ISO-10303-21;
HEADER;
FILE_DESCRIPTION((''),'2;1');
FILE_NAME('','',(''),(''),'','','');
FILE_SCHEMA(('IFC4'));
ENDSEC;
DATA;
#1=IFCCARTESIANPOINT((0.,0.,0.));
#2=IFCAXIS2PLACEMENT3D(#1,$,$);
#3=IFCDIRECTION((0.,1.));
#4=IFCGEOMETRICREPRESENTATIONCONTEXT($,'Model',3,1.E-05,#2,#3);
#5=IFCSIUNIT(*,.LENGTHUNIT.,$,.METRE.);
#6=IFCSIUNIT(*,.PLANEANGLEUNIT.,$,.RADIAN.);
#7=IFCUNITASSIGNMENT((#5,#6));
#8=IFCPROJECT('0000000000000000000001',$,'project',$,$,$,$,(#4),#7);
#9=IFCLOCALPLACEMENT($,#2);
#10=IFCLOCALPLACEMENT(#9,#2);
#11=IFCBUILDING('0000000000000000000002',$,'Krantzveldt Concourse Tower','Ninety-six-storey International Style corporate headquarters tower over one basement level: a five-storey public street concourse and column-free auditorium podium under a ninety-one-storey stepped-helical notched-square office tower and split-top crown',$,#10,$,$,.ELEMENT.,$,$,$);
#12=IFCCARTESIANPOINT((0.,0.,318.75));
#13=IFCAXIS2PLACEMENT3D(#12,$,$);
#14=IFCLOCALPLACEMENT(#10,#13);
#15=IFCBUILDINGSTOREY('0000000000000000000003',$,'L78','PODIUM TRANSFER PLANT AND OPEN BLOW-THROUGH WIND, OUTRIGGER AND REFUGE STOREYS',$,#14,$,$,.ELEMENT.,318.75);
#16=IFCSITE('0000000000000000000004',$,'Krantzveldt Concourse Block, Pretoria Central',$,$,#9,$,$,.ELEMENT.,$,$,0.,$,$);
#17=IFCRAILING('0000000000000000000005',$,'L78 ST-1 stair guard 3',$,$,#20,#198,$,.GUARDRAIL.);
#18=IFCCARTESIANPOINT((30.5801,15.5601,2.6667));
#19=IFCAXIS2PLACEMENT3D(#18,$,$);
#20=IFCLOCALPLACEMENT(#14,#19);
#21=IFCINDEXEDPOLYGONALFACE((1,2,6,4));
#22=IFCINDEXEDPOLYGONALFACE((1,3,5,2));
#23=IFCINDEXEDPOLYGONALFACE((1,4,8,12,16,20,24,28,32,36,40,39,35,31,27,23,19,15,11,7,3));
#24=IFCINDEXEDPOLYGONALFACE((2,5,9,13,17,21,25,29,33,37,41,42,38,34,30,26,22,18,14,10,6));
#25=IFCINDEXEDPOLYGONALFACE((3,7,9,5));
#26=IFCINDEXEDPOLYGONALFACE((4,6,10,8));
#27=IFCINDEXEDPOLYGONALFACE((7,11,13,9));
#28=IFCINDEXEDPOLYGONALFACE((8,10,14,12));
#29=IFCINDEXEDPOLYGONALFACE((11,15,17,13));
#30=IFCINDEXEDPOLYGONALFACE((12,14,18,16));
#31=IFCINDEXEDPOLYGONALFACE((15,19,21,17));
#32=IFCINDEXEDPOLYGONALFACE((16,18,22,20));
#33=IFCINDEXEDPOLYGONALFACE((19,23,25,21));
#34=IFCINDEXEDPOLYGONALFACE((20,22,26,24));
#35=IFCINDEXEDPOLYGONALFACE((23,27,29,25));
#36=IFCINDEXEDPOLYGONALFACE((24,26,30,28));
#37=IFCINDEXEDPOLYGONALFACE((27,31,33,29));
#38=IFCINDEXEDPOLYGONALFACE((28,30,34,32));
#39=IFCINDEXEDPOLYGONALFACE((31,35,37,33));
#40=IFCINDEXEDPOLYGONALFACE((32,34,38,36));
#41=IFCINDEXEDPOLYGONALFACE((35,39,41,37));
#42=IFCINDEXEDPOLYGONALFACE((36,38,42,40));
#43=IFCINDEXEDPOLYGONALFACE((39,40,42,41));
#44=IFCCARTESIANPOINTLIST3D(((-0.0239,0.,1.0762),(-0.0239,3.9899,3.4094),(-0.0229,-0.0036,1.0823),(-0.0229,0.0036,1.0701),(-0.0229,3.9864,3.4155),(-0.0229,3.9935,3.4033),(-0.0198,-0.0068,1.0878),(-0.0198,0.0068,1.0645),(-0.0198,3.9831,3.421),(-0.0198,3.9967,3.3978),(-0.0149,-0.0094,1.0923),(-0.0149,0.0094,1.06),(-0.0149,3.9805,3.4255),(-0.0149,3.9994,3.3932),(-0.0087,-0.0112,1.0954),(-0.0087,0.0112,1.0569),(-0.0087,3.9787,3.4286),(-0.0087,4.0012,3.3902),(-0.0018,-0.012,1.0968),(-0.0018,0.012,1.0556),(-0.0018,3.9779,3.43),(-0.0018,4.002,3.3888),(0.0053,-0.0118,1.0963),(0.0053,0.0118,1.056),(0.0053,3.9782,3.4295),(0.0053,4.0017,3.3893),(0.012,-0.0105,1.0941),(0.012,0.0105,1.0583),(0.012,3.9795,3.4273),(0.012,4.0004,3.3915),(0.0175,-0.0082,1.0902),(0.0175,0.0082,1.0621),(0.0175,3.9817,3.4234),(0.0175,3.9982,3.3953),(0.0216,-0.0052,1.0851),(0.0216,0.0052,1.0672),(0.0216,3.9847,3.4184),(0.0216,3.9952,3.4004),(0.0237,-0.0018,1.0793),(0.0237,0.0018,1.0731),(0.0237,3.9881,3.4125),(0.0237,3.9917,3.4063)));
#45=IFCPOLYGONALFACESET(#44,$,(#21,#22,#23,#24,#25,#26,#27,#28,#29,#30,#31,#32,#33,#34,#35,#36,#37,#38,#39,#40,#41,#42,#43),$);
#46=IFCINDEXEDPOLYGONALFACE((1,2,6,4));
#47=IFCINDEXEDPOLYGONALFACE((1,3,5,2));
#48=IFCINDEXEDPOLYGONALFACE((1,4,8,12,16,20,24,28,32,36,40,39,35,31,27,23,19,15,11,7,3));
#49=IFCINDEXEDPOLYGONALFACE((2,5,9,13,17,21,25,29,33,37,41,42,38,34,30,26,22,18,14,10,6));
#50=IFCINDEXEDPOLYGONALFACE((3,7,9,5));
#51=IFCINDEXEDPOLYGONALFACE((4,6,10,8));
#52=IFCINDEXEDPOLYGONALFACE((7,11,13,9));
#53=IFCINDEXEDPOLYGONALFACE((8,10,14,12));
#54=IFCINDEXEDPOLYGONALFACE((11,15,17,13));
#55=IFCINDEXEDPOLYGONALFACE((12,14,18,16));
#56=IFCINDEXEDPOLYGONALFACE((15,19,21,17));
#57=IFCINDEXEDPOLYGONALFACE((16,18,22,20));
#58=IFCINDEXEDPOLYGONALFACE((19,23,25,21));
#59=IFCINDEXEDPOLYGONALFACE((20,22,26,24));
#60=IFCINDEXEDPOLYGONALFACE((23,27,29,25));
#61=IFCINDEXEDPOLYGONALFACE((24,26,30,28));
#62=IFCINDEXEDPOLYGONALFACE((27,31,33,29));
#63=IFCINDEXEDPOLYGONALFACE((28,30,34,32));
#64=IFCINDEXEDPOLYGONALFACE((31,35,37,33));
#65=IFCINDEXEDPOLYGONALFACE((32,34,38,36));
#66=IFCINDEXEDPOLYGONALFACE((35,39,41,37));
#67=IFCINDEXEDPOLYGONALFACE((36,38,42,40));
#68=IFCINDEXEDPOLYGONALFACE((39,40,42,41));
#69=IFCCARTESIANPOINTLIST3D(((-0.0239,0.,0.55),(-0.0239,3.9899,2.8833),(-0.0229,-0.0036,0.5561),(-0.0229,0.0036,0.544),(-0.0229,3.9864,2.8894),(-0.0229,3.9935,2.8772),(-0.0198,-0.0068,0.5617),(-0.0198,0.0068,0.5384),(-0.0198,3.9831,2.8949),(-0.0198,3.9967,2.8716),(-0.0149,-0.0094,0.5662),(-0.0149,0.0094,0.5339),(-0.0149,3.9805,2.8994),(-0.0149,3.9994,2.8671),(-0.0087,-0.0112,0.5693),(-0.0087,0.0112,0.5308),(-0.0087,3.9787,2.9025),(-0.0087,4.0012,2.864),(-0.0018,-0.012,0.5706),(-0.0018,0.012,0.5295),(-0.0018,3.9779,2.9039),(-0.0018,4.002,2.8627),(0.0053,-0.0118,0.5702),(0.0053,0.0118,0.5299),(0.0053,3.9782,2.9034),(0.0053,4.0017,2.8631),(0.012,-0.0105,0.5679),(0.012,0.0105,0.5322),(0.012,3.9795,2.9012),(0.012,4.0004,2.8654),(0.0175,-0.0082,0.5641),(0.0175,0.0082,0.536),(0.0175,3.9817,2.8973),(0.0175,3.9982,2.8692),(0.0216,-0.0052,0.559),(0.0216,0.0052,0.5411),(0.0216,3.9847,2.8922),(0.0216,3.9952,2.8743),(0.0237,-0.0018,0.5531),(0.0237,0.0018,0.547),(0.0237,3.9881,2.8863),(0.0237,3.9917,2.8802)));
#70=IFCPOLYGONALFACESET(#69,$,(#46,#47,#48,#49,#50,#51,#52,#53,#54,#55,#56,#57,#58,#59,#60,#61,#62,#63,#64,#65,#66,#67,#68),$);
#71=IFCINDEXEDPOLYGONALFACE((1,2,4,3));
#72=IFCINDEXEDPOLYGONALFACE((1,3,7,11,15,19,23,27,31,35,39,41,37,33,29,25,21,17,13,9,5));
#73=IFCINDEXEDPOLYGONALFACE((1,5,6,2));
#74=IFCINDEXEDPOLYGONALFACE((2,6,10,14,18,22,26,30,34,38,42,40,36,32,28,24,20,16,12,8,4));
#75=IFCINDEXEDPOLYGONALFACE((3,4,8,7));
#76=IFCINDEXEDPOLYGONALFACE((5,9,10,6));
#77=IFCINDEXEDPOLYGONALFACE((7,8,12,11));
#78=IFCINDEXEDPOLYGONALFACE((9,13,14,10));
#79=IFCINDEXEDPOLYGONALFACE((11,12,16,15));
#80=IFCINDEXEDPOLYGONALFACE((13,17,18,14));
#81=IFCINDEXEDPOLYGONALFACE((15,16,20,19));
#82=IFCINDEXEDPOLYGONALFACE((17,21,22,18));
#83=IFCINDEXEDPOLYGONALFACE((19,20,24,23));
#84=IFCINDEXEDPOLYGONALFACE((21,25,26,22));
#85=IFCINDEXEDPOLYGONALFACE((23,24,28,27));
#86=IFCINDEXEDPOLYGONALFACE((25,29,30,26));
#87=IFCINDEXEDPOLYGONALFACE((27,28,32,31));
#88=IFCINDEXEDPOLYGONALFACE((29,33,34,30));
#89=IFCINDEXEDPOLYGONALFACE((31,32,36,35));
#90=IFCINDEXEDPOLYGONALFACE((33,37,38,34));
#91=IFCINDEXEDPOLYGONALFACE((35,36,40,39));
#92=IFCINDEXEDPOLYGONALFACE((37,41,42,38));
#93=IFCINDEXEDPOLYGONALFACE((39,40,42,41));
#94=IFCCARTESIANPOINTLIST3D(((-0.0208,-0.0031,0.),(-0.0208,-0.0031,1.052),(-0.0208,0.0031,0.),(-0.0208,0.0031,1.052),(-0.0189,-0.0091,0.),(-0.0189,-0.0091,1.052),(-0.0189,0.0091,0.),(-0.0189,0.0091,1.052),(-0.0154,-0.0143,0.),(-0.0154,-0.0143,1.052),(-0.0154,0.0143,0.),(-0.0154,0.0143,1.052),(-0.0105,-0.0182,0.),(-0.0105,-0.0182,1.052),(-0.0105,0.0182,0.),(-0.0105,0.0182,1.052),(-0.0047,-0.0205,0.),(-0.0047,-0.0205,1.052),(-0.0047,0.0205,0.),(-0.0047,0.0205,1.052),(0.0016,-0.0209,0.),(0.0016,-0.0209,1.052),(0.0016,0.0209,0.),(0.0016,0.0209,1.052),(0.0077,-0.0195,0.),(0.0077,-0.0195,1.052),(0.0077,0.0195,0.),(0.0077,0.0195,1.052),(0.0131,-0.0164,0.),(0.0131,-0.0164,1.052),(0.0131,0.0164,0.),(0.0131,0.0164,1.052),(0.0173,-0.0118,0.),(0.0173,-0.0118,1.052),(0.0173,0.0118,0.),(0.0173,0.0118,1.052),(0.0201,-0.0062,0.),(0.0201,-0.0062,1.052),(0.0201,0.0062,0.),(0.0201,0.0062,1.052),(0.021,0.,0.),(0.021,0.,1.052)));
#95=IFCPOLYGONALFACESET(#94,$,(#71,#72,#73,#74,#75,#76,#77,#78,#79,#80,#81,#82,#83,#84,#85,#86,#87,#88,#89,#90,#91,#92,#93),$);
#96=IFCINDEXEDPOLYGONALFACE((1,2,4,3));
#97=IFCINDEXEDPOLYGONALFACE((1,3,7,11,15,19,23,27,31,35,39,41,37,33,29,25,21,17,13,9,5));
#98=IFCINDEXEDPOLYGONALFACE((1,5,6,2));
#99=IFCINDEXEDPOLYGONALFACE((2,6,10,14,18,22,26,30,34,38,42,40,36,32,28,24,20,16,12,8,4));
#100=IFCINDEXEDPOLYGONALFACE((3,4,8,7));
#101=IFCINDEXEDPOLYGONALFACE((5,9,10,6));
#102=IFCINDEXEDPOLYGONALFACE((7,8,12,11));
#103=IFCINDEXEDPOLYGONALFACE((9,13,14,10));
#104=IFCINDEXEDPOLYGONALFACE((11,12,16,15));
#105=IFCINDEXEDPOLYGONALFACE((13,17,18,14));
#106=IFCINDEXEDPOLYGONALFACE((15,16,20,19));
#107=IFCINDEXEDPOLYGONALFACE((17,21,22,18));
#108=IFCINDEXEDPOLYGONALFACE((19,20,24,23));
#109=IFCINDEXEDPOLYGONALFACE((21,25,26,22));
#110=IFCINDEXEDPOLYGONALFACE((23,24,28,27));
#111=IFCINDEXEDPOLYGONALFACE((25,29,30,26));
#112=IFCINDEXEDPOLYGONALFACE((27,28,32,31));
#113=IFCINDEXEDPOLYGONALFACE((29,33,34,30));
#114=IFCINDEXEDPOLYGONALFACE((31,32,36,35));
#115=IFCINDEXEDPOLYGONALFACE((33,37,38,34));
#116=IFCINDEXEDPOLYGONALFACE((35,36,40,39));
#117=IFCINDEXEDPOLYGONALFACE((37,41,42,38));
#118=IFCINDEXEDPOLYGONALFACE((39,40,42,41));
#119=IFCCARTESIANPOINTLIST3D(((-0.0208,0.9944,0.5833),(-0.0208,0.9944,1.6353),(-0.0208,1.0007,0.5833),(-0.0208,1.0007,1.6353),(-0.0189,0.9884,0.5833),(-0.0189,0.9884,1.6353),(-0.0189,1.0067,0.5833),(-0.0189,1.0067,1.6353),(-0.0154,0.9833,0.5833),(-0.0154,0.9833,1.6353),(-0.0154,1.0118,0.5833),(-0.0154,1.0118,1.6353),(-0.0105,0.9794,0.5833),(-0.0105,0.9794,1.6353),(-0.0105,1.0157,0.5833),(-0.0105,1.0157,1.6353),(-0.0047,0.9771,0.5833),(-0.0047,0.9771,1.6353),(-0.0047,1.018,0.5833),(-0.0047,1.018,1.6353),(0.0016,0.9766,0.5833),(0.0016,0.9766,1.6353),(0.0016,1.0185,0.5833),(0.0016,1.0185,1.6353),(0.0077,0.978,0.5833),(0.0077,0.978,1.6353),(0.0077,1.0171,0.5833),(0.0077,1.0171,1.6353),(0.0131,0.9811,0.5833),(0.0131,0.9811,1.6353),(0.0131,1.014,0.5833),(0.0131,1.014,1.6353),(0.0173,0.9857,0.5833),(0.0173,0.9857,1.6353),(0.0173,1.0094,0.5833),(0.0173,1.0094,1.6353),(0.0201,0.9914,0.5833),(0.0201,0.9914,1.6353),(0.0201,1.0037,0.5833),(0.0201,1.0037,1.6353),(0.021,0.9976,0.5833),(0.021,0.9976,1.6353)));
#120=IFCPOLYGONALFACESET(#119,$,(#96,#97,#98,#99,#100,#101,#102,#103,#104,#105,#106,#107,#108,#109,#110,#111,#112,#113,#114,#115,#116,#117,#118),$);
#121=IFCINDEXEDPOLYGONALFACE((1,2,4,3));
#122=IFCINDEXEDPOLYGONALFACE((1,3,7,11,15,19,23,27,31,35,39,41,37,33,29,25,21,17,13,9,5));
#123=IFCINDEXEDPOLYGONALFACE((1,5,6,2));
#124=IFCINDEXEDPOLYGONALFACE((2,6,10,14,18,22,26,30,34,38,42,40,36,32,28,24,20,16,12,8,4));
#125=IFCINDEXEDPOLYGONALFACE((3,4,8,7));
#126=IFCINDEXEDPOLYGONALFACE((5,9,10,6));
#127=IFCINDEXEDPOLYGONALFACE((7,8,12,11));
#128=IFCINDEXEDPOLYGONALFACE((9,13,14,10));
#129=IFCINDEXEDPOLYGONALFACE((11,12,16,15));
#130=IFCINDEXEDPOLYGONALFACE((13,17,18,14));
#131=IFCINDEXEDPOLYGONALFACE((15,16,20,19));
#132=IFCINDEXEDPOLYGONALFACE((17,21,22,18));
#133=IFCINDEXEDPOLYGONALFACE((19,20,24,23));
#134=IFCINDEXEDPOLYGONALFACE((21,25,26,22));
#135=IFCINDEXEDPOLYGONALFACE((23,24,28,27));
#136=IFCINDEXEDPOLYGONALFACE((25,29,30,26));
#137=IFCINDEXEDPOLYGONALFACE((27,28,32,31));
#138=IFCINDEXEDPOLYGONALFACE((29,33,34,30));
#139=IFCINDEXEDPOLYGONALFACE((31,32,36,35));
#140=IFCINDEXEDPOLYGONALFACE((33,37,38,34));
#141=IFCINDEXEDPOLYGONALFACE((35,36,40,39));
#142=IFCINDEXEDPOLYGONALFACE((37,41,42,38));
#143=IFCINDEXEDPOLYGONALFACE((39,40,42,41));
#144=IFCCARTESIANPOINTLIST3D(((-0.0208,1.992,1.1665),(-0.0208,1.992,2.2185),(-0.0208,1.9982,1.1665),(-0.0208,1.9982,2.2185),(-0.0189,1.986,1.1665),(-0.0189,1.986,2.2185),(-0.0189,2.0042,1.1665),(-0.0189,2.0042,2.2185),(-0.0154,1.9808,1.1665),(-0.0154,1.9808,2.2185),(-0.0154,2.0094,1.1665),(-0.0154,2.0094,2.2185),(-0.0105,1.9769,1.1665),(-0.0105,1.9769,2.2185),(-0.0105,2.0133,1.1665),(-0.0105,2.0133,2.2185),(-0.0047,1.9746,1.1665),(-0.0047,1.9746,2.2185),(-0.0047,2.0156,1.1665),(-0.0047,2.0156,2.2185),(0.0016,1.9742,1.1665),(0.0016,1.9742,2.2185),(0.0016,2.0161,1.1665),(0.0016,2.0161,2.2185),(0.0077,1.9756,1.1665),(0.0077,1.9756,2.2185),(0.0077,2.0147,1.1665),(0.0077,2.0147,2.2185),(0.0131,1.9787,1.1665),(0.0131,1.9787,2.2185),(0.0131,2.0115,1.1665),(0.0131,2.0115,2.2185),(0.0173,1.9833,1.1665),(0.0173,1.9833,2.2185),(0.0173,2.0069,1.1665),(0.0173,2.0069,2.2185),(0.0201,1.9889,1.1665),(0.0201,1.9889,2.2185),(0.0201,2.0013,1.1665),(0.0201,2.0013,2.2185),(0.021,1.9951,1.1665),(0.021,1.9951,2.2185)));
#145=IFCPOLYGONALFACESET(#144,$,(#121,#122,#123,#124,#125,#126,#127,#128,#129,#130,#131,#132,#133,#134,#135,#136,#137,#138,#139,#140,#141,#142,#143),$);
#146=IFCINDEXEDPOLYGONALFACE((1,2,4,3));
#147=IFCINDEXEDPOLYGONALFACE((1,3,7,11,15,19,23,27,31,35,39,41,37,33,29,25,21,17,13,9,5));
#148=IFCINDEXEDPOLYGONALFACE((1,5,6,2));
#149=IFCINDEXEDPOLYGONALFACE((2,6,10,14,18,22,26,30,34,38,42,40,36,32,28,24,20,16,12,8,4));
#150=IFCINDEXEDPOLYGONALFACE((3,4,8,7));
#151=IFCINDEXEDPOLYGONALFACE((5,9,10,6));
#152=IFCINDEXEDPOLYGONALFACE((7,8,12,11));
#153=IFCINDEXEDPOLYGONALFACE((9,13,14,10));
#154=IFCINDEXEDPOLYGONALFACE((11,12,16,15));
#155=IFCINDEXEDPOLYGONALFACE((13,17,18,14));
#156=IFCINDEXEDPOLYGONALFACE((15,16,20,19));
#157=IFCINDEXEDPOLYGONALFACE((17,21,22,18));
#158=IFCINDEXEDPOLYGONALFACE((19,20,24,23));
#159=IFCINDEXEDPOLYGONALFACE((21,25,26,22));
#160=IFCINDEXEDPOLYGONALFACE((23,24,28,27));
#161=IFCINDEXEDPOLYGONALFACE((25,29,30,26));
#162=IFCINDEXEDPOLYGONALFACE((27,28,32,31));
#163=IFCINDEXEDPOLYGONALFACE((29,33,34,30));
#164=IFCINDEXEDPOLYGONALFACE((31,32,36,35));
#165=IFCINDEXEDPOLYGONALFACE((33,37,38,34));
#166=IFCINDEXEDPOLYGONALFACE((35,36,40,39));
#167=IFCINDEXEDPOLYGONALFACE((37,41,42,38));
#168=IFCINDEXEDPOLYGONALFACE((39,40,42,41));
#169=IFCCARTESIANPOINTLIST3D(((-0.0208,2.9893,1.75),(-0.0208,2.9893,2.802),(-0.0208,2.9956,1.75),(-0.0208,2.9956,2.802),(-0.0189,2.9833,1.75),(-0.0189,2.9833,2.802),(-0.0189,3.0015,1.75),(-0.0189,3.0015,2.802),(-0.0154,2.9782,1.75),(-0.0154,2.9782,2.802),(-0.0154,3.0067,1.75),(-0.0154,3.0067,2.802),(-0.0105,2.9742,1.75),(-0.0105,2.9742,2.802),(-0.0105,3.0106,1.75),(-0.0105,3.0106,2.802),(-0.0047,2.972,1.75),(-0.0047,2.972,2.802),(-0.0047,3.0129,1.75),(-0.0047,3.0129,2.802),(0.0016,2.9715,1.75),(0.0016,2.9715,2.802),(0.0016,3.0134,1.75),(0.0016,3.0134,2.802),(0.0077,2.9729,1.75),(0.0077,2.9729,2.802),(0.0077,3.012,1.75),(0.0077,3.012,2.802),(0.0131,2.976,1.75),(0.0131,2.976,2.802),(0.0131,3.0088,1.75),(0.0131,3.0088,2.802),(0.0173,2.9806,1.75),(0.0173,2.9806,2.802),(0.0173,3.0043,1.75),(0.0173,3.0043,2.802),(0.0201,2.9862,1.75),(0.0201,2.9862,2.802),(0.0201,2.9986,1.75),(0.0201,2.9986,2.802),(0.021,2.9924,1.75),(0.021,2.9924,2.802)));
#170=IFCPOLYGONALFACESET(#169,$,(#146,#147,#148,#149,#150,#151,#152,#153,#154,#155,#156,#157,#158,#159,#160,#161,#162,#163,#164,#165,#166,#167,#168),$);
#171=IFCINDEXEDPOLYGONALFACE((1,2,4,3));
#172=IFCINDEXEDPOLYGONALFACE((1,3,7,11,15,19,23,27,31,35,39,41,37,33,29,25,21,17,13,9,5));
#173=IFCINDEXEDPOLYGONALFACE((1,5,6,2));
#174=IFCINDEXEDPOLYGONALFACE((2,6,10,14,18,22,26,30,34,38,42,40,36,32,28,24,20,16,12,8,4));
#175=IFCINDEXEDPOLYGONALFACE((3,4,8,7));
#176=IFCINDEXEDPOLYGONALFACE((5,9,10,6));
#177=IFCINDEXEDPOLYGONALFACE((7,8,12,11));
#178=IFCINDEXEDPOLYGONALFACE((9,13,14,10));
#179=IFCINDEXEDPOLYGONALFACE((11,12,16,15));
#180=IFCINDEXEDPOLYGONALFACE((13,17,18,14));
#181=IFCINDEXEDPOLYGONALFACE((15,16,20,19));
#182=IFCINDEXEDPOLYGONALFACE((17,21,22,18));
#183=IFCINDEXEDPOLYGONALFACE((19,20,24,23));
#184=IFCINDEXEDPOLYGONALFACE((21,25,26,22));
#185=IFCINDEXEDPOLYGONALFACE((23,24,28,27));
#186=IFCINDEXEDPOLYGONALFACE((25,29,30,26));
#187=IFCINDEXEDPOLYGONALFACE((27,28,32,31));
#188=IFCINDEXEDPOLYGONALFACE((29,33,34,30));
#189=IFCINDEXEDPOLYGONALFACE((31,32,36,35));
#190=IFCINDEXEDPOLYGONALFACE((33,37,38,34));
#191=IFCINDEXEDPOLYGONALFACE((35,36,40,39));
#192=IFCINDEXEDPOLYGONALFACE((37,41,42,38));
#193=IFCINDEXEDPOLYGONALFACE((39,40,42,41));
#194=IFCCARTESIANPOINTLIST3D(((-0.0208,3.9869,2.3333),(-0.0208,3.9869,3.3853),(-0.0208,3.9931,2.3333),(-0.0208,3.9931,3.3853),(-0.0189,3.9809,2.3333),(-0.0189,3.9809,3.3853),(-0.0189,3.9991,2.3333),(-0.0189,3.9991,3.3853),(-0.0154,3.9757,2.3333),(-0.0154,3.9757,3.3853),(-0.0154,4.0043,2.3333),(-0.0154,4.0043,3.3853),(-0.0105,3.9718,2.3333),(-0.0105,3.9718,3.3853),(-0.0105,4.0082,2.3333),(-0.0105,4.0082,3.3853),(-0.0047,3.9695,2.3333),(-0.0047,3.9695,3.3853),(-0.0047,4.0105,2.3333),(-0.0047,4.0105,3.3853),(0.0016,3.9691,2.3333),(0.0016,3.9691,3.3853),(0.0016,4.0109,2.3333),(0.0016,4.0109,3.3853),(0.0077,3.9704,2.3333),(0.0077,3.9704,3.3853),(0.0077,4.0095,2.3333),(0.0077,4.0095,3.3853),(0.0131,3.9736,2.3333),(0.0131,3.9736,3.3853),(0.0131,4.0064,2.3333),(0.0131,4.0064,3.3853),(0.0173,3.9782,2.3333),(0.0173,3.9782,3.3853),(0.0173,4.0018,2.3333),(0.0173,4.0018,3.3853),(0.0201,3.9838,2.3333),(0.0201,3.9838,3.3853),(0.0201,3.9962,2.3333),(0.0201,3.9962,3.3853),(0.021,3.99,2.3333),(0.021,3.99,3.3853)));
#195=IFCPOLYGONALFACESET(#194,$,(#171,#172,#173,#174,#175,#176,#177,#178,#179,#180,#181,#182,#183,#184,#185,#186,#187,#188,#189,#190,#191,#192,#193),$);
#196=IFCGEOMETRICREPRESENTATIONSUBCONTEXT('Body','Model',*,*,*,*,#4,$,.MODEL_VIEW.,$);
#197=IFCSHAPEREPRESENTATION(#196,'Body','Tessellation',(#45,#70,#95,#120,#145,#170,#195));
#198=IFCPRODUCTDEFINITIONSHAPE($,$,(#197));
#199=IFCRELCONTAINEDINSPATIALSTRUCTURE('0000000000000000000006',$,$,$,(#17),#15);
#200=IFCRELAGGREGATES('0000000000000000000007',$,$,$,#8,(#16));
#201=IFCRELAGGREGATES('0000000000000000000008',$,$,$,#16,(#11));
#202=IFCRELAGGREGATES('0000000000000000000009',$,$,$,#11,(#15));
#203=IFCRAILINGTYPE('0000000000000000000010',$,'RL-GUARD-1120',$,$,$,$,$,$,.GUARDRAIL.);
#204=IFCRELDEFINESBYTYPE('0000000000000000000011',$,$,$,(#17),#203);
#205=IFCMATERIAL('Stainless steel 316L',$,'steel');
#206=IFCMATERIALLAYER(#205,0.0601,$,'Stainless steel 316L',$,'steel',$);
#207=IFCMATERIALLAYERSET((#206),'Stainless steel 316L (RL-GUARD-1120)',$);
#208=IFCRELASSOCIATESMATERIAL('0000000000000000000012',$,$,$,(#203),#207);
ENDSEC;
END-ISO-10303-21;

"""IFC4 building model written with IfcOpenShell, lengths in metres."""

from ifc_helpers import new_model, si_unit, direction, frame, origin, origin_2d, place, context, subcontext, project, spatial, circle, extrude, material, layer, layer_set, type_object, element, save


model = new_model("IFC4")

# Units and contexts
model_context = context("Model", 3, precision=1e-05, world=origin(), true_north=direction((0.0, 1.0)))
body_context = subcontext(model_context, "Body", "Model", "MODEL_VIEW")
ifc_project = project(units=[si_unit("LENGTHUNIT", "METRE"), si_unit("PLANEANGLEUNIT", "RADIAN")], contexts=[model_context])

# Site, building, storey
site_placement = place(None, origin())
site = spatial("IfcSite", under=ifc_project, at=site_placement, Name="Krantzveldt Concourse Block, Pretoria Central", CompositionType="ELEMENT", RefElevation=0.0)
building_placement = place(site_placement, origin())
building = spatial("IfcBuilding", under=site, at=building_placement, Name="Krantzveldt Concourse Tower", Description="Ninety-six-storey International Style corporate headquarters tower over one basement level: a five-storey public street concourse and column-free auditorium podium under a ninety-one-storey stepped-helical notched-square office tower and split-top crown", CompositionType="ELEMENT")
storey_placement = place(building_placement, frame((0.0, 0.0, 318.75)))
storey = spatial("IfcBuildingStorey", under=building, at=storey_placement, Name="L78", Description="PODIUM TRANSFER PLANT AND OPEN BLOW-THROUGH WIND, OUTRIGGER AND REFUGE STOREYS", CompositionType="ELEMENT", Elevation=318.75)

# Shared definitions
ifc_material_1 = material(Name="Stainless steel 316L", Category="steel")

# Railing
ifc_layer_1 = layer(ifc_material_1, 0.0601, Name="Stainless steel 316L", Category="steel")
ifc_layer_set_1 = layer_set([ifc_layer_1], Name="Stainless steel 316L (RL-GUARD-1120)")
railing_type_1 = type_object("IfcRailingType", Name="RL-GUARD-1120", PredefinedType="GUARDRAIL", material=ifc_layer_set_1)
railing_1_placement = place(storey_placement, frame((30.5801, 15.5601, 2.6667)))
element("IfcRailing", 1, at=railing_1_placement, inside=storey, type_object=railing_type_1, Name="L78 ST-1 stair guard 3", PredefinedType="GUARDRAIL", context=body_context, shape_type="SweptSolid", body=[
    extrude(circle(Radius=0.0239, at=origin_2d()), frame((0.0, 0.0, 1.0762), z_axis=(0.0, 0.863236, 0.5048), x_axis=(-1.0, 0.0, 0.0)), (0.0, 0.0, 1.0), 4.6221),
    extrude(circle(Radius=0.0239, at=origin_2d()), frame((0.0, 0.0, 0.55), z_axis=(0.0, 0.863236, 0.5048), x_axis=(-1.0, 0.0, 0.0)), (0.0, 0.0, 1.0), 4.6221),
    extrude(circle(Radius=0.021, at=origin_2d()), origin(), (0.0, 0.0, 1.0), 1.052),
    extrude(circle(Radius=0.021, at=origin_2d()), frame((0.0, 0.9976, 0.5833)), (0.0, 0.0, 1.0), 1.052),
    extrude(circle(Radius=0.021, at=origin_2d()), frame((0.0, 1.9951, 1.1665)), (0.0, 0.0, 1.0), 1.052),
    extrude(circle(Radius=0.021, at=origin_2d()), frame((0.0, 2.9924, 1.75)), (0.0, 0.0, 1.0), 1.052),
    extrude(circle(Radius=0.021, at=origin_2d()), frame((0.0, 3.99, 2.3333)), (0.0, 0.0, 1.0), 1.052),
])

save(model, "model.ifc")
